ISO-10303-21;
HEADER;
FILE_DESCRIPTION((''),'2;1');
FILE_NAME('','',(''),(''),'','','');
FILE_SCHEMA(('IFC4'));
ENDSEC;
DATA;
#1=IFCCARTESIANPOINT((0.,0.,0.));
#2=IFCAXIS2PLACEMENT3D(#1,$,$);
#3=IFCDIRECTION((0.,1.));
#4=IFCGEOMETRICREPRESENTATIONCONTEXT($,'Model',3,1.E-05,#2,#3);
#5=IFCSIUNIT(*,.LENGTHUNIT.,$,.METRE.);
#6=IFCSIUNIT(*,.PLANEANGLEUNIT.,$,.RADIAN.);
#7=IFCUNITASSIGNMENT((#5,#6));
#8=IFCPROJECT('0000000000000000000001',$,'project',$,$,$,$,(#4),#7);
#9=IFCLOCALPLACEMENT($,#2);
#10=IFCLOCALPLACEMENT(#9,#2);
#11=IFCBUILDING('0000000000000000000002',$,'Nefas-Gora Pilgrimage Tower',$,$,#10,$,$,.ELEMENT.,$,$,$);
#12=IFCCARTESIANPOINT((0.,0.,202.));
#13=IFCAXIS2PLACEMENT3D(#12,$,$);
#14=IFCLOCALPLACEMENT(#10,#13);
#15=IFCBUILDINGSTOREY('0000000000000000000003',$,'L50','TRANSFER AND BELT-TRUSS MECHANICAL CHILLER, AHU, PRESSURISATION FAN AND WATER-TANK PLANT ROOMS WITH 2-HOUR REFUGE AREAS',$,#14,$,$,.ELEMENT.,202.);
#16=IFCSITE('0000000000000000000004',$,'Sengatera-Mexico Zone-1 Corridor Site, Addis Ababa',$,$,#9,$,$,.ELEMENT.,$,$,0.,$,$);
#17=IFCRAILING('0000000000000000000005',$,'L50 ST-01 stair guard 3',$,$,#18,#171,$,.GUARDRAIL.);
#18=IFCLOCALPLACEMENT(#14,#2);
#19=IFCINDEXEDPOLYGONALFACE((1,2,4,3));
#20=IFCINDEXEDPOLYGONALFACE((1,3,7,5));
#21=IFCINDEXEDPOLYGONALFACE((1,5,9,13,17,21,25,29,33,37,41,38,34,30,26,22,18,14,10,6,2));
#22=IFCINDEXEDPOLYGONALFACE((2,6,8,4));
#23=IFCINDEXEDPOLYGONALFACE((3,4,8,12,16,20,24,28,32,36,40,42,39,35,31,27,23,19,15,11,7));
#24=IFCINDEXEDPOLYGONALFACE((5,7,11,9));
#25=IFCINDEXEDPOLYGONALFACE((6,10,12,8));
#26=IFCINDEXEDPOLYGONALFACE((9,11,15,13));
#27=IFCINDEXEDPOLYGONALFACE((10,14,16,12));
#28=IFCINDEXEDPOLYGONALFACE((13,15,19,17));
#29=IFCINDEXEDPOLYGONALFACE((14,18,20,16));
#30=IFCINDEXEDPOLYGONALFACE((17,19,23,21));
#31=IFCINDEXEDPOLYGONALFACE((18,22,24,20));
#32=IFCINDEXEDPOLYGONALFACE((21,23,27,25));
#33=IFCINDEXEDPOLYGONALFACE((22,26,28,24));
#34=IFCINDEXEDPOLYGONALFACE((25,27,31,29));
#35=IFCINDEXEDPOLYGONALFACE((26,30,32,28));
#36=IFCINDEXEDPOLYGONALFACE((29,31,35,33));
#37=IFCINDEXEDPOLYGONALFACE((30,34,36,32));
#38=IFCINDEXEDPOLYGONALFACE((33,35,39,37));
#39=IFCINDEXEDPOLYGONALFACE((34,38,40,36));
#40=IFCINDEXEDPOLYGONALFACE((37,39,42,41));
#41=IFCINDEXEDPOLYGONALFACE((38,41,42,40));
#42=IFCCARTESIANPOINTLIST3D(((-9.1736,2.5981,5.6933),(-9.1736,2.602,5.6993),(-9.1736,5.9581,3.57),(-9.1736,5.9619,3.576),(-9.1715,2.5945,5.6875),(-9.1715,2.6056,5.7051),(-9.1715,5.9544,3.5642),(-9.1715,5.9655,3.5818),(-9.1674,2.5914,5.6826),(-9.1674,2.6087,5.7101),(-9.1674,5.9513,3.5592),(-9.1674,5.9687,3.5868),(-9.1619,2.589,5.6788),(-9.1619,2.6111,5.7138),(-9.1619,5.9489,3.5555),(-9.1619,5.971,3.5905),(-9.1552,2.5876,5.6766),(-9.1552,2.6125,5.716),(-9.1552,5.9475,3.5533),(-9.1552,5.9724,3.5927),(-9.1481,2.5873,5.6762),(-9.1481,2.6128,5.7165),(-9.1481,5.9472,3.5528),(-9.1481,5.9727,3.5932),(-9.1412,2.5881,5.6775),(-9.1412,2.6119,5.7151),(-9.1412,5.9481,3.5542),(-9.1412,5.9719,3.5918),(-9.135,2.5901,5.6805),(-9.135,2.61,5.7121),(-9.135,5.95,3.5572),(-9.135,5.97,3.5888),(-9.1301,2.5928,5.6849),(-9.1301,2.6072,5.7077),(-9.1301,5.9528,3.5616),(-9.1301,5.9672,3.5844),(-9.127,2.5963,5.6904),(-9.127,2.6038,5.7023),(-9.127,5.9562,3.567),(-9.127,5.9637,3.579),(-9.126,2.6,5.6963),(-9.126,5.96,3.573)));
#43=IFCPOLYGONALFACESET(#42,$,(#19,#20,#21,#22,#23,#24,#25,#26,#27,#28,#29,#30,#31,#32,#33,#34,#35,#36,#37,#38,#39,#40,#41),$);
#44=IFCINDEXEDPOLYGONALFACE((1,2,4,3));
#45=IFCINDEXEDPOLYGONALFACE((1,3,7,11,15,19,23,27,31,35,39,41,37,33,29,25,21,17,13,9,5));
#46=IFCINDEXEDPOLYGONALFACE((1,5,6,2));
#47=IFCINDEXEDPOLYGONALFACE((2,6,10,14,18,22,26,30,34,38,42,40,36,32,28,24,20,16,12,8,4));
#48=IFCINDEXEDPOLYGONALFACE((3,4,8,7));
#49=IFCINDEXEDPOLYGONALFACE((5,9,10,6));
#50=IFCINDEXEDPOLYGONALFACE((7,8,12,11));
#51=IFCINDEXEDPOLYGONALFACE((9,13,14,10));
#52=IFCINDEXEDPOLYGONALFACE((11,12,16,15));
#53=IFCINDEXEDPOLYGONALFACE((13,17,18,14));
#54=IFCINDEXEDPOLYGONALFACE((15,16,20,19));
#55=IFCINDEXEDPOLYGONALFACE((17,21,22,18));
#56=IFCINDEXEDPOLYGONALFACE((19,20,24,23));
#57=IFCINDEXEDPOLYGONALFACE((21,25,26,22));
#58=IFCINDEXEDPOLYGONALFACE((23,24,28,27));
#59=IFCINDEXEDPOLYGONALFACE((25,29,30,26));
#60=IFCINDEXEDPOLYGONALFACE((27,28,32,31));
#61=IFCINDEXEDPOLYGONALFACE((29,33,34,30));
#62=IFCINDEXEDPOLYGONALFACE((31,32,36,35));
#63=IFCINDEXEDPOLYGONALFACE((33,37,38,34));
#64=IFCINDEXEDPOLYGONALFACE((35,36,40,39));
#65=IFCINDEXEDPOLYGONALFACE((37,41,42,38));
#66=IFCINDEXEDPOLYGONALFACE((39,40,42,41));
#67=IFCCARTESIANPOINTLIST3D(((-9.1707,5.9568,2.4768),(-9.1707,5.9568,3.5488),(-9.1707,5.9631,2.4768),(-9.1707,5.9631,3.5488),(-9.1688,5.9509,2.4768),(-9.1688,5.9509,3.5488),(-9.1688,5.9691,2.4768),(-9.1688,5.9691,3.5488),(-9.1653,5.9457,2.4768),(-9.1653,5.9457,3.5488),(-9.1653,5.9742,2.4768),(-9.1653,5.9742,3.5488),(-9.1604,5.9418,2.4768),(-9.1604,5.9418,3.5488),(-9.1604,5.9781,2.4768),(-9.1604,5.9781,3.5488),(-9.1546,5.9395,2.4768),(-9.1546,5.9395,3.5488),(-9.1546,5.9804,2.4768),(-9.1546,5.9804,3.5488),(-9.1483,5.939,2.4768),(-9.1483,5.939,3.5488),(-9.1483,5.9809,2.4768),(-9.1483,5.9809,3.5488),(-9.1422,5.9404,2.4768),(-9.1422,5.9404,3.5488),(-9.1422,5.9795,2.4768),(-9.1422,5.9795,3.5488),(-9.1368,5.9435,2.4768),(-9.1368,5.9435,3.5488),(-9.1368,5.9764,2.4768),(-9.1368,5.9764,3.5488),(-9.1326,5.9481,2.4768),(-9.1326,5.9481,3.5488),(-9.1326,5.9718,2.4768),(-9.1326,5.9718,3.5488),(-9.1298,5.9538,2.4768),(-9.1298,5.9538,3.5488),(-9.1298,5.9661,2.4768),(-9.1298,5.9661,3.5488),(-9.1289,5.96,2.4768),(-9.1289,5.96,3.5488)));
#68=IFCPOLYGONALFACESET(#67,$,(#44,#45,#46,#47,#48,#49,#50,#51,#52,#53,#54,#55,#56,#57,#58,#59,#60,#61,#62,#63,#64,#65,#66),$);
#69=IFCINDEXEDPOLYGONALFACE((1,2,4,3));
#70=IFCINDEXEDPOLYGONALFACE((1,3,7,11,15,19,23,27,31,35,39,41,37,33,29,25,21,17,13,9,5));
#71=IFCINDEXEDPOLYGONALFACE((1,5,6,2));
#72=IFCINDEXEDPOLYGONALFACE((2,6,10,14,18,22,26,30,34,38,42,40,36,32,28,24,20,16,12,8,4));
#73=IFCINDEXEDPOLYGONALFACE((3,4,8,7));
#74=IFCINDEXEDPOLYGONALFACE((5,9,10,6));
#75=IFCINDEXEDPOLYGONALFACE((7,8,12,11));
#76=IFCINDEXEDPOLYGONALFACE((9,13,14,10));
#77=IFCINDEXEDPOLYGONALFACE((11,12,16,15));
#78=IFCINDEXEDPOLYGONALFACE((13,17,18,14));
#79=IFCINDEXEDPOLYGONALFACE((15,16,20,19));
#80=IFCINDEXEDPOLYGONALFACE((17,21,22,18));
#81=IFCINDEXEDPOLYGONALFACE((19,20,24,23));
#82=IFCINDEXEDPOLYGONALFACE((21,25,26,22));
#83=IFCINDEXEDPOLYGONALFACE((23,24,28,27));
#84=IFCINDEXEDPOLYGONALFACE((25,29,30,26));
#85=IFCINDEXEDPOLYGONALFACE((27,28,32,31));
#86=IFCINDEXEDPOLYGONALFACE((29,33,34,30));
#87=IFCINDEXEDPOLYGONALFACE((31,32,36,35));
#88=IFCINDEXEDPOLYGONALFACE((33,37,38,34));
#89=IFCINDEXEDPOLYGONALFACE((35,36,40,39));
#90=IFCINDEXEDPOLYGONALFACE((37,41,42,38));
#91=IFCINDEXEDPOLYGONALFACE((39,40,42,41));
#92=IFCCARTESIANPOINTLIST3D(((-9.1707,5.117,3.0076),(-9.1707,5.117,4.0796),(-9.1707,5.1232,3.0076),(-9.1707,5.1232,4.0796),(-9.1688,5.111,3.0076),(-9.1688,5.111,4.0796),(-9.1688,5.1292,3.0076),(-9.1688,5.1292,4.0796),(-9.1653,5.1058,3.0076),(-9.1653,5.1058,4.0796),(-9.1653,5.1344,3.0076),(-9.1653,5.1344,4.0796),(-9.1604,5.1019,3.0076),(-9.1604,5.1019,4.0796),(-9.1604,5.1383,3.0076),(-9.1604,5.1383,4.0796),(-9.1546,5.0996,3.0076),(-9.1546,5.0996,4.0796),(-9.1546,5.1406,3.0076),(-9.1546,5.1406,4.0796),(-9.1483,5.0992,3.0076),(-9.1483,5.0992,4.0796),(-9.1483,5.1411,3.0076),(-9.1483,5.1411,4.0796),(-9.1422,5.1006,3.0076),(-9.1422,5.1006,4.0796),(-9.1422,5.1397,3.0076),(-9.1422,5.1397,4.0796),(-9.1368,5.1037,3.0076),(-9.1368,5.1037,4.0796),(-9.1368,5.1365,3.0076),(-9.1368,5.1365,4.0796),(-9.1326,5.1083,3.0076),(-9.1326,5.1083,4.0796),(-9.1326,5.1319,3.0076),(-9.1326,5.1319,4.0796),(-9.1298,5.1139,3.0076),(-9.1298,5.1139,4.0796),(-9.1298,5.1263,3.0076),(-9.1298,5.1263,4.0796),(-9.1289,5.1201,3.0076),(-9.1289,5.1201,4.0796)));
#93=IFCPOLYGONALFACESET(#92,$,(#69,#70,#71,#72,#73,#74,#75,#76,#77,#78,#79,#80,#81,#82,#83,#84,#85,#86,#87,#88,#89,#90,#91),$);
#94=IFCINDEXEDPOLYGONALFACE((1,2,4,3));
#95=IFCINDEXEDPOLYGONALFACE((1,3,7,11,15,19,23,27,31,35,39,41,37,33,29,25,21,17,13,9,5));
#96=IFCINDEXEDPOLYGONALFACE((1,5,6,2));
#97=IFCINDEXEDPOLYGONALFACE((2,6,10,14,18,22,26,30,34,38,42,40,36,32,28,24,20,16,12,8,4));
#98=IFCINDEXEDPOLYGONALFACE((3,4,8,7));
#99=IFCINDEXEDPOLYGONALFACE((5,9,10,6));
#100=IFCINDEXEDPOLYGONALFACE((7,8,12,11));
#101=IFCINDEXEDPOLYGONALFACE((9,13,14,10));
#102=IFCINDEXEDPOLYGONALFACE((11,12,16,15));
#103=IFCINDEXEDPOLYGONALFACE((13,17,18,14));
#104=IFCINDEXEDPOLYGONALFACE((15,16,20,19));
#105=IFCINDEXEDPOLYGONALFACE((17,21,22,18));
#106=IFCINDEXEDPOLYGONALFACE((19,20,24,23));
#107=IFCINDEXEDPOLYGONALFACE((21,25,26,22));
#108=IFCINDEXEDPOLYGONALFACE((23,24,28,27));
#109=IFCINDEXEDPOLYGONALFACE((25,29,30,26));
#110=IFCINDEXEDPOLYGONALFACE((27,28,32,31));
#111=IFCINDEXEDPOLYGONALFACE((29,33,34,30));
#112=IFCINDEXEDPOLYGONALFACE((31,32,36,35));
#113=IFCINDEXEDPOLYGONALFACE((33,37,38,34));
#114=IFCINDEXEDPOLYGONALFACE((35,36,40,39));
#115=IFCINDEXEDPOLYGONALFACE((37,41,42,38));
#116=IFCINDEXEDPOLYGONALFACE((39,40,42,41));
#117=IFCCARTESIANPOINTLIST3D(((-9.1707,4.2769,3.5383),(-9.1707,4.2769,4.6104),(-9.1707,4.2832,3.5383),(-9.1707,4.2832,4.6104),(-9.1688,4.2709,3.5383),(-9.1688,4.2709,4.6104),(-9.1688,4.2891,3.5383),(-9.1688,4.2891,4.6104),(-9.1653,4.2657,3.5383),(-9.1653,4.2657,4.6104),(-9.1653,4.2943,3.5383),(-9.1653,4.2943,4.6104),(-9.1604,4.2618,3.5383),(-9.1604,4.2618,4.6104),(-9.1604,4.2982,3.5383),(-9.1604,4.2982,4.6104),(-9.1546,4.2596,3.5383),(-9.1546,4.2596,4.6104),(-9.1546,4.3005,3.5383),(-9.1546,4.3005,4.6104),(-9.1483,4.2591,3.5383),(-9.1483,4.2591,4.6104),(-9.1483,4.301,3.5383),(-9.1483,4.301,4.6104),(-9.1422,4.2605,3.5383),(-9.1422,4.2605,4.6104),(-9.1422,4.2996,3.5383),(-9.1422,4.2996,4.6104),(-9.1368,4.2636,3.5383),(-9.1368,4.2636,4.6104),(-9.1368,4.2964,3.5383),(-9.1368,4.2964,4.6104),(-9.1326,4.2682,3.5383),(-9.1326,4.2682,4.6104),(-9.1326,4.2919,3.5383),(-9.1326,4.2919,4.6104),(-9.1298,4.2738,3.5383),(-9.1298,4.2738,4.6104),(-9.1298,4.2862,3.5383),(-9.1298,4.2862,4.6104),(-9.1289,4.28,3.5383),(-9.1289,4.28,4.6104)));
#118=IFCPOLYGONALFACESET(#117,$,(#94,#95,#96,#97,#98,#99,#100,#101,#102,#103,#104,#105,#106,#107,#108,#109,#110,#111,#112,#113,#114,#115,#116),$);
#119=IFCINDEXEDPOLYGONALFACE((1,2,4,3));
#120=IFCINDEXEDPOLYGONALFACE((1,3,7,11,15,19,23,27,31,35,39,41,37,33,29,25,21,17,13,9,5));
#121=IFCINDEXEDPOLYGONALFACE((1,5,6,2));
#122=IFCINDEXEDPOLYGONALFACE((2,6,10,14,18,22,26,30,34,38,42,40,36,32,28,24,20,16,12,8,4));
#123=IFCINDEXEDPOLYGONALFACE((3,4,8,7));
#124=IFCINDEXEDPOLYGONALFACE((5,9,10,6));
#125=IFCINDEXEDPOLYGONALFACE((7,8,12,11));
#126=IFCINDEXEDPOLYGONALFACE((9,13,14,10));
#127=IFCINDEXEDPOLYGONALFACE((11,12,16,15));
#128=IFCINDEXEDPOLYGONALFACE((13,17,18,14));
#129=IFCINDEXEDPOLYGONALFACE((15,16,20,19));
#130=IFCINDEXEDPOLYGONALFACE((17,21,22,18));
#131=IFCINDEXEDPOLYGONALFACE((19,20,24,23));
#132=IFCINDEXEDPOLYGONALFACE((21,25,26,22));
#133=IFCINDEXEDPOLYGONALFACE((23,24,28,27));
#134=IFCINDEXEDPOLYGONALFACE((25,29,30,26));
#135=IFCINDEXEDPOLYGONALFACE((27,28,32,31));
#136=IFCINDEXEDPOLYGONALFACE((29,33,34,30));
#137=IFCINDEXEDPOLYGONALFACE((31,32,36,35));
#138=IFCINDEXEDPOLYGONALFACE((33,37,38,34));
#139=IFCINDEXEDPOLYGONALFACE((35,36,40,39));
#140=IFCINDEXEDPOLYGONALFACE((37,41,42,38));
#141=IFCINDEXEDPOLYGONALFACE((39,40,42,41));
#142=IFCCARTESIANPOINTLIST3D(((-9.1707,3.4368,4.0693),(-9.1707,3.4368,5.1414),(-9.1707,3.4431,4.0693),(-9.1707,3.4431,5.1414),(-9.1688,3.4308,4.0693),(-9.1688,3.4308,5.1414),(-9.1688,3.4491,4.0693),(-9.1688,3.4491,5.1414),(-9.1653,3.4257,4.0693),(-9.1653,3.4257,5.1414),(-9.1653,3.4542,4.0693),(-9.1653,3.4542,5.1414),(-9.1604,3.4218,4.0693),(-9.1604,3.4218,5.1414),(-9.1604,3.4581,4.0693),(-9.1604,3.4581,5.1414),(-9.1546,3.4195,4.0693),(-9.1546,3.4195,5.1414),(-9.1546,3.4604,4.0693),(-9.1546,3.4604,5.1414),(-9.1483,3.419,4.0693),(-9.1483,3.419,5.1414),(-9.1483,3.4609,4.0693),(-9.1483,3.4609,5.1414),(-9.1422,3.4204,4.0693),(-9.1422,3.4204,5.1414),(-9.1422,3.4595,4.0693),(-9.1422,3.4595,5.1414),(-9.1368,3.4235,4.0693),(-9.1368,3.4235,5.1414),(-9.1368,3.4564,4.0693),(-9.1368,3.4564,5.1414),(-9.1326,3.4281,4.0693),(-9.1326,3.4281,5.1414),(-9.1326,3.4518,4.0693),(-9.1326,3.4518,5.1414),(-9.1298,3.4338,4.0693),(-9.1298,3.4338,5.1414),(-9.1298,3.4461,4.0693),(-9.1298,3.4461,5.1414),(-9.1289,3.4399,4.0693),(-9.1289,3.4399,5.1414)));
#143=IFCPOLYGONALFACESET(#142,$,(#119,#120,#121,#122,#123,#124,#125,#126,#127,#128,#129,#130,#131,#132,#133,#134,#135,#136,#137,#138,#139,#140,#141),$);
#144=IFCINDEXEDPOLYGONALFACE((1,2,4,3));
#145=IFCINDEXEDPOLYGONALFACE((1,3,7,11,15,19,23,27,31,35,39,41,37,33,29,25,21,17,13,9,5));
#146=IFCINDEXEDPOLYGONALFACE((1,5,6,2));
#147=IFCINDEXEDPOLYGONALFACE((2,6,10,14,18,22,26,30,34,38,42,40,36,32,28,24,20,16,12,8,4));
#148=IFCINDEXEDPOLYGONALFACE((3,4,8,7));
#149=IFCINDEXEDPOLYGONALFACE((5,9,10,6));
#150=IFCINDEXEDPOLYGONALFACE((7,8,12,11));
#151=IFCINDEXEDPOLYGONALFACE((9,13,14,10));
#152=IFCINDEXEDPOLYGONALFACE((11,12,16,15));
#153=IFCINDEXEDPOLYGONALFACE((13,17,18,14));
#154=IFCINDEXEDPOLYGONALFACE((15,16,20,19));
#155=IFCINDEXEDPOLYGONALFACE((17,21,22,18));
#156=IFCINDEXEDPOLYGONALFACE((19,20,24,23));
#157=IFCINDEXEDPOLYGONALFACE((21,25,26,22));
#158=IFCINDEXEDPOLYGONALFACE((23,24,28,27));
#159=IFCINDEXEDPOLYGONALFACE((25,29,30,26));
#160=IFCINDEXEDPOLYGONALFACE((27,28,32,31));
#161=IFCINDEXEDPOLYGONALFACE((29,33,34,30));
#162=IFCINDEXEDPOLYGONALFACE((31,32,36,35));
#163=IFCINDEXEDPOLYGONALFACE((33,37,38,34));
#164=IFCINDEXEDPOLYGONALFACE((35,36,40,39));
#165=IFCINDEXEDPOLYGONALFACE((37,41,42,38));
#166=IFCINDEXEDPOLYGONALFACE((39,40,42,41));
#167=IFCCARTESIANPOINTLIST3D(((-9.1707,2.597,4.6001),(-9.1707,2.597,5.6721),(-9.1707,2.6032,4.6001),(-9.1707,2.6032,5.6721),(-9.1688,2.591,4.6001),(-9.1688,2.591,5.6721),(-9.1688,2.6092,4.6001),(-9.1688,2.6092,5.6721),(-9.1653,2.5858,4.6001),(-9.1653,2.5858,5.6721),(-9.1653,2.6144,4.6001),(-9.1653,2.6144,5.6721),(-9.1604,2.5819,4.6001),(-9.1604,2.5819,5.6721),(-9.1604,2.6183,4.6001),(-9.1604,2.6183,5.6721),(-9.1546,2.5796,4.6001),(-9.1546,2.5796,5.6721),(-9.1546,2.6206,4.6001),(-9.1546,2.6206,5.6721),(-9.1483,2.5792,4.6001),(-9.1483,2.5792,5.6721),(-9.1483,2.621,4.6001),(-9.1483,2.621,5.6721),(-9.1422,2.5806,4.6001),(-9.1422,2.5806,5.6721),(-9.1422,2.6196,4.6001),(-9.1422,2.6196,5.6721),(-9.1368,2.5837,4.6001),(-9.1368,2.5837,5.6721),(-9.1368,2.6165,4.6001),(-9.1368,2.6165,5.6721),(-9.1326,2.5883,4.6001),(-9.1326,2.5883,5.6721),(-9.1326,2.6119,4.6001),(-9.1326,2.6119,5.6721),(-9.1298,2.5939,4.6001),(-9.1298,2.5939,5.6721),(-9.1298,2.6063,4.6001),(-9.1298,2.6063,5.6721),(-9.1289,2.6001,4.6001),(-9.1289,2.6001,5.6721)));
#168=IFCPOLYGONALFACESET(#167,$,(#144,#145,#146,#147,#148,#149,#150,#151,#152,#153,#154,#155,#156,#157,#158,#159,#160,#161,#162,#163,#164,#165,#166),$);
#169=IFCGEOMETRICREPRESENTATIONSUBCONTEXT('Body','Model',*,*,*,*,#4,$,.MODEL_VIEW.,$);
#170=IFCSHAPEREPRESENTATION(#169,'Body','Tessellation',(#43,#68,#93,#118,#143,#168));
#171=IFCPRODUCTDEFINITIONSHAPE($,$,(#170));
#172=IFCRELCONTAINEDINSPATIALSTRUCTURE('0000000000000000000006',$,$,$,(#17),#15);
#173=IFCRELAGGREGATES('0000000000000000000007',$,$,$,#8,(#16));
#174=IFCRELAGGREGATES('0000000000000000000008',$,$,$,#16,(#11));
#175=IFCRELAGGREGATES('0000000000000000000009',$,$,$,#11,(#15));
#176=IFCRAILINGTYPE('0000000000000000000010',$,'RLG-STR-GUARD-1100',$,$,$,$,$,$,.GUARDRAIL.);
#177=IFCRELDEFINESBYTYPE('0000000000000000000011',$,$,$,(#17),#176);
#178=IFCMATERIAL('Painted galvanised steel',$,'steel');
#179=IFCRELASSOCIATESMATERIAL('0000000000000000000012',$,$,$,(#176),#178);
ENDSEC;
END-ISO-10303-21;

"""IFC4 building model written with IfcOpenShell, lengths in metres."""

from ifc_helpers import new_model, si_unit, direction, frame, origin, origin_2d, place, context, subcontext, project, spatial, circle, extrude, material, type_object, element, save


model = new_model("IFC4")

# Units and contexts
model_context = context("Model", 3, precision=1e-05, world=origin(), true_north=direction((0.0, 1.0)))
body_context = subcontext(model_context, "Body", "Model", "MODEL_VIEW")
ifc_project = project(units=[si_unit("LENGTHUNIT", "METRE"), si_unit("PLANEANGLEUNIT", "RADIAN")], contexts=[model_context])

# Site, building, storey
site_placement = place(None, origin())
site = spatial("IfcSite", under=ifc_project, at=site_placement, Name="Sengatera-Mexico Zone-1 Corridor Site, Addis Ababa", CompositionType="ELEMENT", RefElevation=0.0)
building_placement = place(site_placement, origin())
building = spatial("IfcBuilding", under=site, at=building_placement, Name="Nefas-Gora Pilgrimage Tower", CompositionType="ELEMENT")
storey_placement = place(building_placement, frame((0.0, 0.0, 202.0)))
storey = spatial("IfcBuildingStorey", under=building, at=storey_placement, Name="L50", Description="TRANSFER AND BELT-TRUSS MECHANICAL CHILLER, AHU, PRESSURISATION FAN AND WATER-TANK PLANT ROOMS WITH 2-HOUR REFUGE AREAS", CompositionType="ELEMENT", Elevation=202.0)

# Railing
ifc_material_1 = material(Name="Painted galvanised steel", Category="steel")
railing_type_1 = type_object("IfcRailingType", Name="RLG-STR-GUARD-1100", PredefinedType="GUARDRAIL", material=ifc_material_1)
railing_1_placement = place(storey_placement, frame((-9.1499, 5.96, 2.4768)))
element("IfcRailing", 1, at=railing_1_placement, inside=storey, type_object=railing_type_1, Name="L50 ST-01 stair guard 3", PredefinedType="GUARDRAIL", context=body_context, shape_type="SweptSolid", body=[
    extrude(circle(Radius=0.0239, at=origin_2d()), frame((0.0, 0.0, 1.0962), z_axis=(0.0, -0.845344, 0.534222), x_axis=(1.0, 0.0, 0.0)), (0.0, 0.0, 1.0), 3.9746),
    extrude(circle(Radius=0.021, at=origin_2d()), origin(), (0.0, 0.0, 1.0), 1.072),
    extrude(circle(Radius=0.021, at=origin_2d()), frame((0.0, -0.8398, 0.5308)), (0.0, 0.0, 1.0), 1.072),
    extrude(circle(Radius=0.021, at=origin_2d()), frame((0.0, -1.6799, 1.0615)), (0.0, 0.0, 1.0), 1.072),
    extrude(circle(Radius=0.021, at=origin_2d()), frame((0.0, -2.52, 1.5925)), (0.0, 0.0, 1.0), 1.072),
    extrude(circle(Radius=0.021, at=origin_2d()), frame((0.0, -3.3599, 2.1233)), (0.0, 0.0, 1.0), 1.072),
])

save(model, "model.ifc")
